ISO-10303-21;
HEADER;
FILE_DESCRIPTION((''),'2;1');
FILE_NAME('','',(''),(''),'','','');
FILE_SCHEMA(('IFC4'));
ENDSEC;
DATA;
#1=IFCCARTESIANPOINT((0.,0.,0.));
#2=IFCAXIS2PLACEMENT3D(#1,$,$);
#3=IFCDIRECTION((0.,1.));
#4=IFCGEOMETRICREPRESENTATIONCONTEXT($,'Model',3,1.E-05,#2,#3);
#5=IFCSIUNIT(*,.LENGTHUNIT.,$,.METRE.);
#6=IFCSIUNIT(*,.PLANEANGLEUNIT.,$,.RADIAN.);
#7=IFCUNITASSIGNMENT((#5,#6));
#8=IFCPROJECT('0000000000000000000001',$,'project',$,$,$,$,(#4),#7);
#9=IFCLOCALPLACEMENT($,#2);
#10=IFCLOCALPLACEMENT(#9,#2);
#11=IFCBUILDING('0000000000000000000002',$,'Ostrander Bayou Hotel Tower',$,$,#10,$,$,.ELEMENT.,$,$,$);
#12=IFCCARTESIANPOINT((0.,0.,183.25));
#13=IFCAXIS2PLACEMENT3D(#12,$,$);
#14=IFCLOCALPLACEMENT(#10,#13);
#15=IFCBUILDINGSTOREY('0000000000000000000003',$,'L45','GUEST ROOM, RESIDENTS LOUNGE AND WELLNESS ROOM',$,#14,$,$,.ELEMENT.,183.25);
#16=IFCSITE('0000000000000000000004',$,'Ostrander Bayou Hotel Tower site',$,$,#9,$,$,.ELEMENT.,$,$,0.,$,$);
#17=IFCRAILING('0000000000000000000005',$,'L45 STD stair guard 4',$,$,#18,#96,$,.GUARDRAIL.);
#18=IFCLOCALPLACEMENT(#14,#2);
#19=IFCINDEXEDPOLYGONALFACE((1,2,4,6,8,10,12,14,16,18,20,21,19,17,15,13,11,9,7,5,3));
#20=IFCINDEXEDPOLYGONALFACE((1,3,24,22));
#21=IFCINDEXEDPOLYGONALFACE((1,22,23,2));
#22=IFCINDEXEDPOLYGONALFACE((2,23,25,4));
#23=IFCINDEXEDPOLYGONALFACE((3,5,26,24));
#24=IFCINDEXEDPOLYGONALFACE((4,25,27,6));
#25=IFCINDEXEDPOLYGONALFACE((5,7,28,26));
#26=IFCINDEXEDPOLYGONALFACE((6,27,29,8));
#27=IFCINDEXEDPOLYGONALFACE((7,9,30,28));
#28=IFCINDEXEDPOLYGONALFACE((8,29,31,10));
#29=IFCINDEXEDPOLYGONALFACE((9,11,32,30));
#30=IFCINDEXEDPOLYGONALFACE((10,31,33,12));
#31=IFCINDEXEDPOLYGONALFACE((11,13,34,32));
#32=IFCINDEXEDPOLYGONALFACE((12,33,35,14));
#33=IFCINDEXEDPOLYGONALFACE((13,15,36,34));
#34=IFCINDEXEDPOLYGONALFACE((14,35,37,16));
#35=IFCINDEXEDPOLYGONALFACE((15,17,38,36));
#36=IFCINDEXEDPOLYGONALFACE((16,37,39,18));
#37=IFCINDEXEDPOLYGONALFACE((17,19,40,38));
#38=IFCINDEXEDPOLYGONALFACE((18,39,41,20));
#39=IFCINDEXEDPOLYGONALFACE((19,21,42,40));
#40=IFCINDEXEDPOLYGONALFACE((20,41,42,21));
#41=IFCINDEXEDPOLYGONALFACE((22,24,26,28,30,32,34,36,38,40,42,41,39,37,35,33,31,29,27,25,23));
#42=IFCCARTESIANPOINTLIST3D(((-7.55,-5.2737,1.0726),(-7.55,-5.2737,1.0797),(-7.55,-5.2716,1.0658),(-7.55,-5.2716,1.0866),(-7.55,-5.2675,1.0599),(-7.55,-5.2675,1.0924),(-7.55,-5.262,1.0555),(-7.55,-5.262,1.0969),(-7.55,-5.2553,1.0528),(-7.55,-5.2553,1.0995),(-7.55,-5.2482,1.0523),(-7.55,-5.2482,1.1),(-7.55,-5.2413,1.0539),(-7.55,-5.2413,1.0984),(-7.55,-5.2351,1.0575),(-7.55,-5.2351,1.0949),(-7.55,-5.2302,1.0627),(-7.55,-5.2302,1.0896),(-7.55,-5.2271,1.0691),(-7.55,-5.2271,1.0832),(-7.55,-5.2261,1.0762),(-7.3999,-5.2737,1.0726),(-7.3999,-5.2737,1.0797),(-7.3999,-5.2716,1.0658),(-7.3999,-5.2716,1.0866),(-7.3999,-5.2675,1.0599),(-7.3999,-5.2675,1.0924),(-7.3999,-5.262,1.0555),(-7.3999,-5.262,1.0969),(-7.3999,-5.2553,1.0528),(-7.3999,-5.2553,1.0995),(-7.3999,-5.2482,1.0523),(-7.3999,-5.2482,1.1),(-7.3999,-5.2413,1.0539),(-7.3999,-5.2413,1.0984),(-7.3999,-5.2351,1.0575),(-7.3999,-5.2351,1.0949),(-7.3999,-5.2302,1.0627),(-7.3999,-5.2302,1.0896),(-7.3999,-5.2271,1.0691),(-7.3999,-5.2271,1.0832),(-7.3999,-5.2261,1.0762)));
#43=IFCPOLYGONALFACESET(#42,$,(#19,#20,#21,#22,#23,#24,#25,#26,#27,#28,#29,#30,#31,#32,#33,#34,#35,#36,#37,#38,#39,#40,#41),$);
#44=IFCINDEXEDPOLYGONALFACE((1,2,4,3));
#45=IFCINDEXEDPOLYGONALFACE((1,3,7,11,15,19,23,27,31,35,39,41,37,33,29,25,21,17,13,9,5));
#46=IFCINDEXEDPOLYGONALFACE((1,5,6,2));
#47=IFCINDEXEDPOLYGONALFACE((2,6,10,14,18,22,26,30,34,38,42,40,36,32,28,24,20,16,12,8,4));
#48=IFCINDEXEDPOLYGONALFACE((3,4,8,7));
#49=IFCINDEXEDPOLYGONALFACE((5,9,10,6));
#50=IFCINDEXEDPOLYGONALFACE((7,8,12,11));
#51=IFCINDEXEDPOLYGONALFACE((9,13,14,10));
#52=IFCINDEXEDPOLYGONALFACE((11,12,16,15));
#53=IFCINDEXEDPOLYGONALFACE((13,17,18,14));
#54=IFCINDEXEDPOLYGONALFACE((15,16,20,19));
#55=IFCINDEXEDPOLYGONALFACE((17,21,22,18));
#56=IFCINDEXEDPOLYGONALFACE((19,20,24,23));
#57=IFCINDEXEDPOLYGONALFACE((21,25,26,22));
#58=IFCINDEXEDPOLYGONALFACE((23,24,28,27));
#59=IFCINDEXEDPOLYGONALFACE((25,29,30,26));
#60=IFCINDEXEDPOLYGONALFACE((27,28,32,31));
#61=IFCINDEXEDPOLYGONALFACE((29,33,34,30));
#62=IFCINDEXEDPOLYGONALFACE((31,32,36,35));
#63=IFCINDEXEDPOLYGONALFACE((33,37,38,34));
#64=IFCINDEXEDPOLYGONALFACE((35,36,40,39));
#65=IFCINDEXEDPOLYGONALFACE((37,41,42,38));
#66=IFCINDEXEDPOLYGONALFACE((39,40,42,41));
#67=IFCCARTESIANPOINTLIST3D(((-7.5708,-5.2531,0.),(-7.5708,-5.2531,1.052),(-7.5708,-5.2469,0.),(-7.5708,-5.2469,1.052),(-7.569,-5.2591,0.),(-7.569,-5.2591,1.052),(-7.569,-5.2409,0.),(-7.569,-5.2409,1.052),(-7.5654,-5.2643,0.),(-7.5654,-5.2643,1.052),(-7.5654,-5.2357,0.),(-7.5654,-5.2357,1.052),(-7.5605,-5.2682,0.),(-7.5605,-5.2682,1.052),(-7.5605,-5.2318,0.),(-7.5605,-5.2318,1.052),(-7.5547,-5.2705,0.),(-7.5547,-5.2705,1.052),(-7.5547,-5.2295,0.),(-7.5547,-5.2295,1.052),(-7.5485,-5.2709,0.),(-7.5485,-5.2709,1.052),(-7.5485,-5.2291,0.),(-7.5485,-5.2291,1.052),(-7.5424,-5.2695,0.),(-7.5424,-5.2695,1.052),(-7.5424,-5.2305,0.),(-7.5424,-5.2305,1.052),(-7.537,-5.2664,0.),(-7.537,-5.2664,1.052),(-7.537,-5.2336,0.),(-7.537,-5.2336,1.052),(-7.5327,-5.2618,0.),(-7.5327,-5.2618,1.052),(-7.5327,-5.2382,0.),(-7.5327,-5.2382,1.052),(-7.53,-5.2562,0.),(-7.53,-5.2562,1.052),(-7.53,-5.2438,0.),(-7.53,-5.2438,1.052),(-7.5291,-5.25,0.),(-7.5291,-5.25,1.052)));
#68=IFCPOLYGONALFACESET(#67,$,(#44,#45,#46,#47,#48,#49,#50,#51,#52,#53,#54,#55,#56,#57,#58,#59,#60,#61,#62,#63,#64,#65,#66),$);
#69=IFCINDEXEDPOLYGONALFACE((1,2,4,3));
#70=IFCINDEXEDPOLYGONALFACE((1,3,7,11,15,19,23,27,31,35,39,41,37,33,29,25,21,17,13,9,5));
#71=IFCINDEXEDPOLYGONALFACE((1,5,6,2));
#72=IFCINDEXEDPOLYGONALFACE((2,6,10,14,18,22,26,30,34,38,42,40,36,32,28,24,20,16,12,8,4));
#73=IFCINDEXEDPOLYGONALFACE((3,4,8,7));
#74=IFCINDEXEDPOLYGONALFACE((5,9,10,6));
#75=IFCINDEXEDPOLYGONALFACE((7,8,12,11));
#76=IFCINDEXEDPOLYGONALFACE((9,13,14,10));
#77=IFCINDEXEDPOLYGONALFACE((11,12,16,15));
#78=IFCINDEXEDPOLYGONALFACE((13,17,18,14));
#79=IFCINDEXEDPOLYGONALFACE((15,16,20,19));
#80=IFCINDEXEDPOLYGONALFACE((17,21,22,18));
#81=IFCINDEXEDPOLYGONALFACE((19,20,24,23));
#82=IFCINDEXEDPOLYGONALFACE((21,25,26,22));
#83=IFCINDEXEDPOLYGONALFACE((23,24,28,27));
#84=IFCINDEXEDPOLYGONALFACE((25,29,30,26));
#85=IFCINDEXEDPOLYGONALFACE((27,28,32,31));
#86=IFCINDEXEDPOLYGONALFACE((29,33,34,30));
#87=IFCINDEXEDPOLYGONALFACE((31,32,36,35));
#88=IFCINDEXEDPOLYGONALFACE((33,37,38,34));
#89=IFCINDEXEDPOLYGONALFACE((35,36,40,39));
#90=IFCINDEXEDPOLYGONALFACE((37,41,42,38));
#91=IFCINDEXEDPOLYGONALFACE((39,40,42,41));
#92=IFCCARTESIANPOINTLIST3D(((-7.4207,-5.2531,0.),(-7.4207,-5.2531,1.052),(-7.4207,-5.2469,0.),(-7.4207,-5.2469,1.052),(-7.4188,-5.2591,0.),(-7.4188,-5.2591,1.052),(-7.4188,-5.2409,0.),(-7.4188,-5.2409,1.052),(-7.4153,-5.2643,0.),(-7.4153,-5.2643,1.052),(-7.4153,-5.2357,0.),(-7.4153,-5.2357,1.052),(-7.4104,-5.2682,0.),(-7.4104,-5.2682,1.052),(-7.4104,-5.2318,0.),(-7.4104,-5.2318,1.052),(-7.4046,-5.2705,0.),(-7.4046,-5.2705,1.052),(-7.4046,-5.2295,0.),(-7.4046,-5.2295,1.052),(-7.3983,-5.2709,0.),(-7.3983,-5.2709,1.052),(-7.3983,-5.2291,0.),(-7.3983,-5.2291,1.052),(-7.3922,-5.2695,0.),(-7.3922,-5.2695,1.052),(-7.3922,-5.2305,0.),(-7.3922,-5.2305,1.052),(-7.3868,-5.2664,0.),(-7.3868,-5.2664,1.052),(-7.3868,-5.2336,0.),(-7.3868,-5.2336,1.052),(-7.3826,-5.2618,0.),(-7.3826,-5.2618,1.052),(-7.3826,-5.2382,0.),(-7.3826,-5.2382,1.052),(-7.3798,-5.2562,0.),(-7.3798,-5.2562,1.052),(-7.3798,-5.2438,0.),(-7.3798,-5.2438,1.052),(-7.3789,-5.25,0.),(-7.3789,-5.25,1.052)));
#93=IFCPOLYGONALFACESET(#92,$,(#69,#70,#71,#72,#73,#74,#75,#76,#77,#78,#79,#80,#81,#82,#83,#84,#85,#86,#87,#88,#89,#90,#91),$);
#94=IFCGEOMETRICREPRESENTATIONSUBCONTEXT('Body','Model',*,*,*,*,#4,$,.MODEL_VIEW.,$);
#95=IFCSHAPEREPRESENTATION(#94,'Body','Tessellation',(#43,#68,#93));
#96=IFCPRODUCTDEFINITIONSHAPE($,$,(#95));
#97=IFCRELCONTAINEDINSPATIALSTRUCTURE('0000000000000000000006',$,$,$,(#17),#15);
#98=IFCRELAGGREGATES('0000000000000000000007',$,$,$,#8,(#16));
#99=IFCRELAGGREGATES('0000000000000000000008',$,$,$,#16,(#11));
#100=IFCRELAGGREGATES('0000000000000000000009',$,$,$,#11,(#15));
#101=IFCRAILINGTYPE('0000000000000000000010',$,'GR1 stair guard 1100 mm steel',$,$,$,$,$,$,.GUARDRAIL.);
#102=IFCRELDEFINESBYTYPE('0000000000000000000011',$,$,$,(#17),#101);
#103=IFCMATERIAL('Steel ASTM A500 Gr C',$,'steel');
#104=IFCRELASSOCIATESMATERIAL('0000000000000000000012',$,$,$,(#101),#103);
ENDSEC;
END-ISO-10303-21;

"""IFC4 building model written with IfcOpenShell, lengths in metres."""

from ifc_helpers import new_model, si_unit, direction, frame, origin, origin_2d, place, context, subcontext, project, spatial, circle, extrude, material, type_object, element, save


model = new_model("IFC4")

# Units and contexts
model_context = context("Model", 3, precision=1e-05, world=origin(), true_north=direction((0.0, 1.0)))
body_context = subcontext(model_context, "Body", "Model", "MODEL_VIEW")
ifc_project = project(units=[si_unit("LENGTHUNIT", "METRE"), si_unit("PLANEANGLEUNIT", "RADIAN")], contexts=[model_context])

# Site, building, storey
site_placement = place(None, origin())
site = spatial("IfcSite", under=ifc_project, at=site_placement, Name="Ostrander Bayou Hotel Tower site", CompositionType="ELEMENT", RefElevation=0.0)
building_placement = place(site_placement, origin())
building = spatial("IfcBuilding", under=site, at=building_placement, Name="Ostrander Bayou Hotel Tower", CompositionType="ELEMENT")
storey_placement = place(building_placement, frame((0.0, 0.0, 183.25)))
storey = spatial("IfcBuildingStorey", under=building, at=storey_placement, Name="L45", Description="GUEST ROOM, RESIDENTS LOUNGE AND WELLNESS ROOM", CompositionType="ELEMENT", Elevation=183.25)

# Railing
ifc_material_1 = material(Name="Steel ASTM A500 Gr C", Category="steel")
railing_type_1 = type_object("IfcRailingType", Name="GR1 stair guard 1100 mm steel", PredefinedType="GUARDRAIL", material=ifc_material_1)
railing_1_placement = place(storey_placement, frame((-7.55, -5.25, 0.0)))
element("IfcRailing", 1, at=railing_1_placement, inside=storey, type_object=railing_type_1, Name="L45 STD stair guard 4", PredefinedType="GUARDRAIL", context=body_context, shape_type="SweptSolid", body=[
    extrude(circle(Radius=0.0239, at=origin_2d()), frame((0.0, 0.0, 1.0762), z_axis=(1.0, 0.0, 0.0), x_axis=(0.0, 1.0, 0.0)), (0.0, 0.0, 1.0), 0.1501),
    extrude(circle(Radius=0.021, at=origin_2d()), origin(), (0.0, 0.0, 1.0), 1.052),
    extrude(circle(Radius=0.021, at=origin_2d()), frame((0.1501, 0.0, 0.0)), (0.0, 0.0, 1.0), 1.052),
])

save(model, "model.ifc")
